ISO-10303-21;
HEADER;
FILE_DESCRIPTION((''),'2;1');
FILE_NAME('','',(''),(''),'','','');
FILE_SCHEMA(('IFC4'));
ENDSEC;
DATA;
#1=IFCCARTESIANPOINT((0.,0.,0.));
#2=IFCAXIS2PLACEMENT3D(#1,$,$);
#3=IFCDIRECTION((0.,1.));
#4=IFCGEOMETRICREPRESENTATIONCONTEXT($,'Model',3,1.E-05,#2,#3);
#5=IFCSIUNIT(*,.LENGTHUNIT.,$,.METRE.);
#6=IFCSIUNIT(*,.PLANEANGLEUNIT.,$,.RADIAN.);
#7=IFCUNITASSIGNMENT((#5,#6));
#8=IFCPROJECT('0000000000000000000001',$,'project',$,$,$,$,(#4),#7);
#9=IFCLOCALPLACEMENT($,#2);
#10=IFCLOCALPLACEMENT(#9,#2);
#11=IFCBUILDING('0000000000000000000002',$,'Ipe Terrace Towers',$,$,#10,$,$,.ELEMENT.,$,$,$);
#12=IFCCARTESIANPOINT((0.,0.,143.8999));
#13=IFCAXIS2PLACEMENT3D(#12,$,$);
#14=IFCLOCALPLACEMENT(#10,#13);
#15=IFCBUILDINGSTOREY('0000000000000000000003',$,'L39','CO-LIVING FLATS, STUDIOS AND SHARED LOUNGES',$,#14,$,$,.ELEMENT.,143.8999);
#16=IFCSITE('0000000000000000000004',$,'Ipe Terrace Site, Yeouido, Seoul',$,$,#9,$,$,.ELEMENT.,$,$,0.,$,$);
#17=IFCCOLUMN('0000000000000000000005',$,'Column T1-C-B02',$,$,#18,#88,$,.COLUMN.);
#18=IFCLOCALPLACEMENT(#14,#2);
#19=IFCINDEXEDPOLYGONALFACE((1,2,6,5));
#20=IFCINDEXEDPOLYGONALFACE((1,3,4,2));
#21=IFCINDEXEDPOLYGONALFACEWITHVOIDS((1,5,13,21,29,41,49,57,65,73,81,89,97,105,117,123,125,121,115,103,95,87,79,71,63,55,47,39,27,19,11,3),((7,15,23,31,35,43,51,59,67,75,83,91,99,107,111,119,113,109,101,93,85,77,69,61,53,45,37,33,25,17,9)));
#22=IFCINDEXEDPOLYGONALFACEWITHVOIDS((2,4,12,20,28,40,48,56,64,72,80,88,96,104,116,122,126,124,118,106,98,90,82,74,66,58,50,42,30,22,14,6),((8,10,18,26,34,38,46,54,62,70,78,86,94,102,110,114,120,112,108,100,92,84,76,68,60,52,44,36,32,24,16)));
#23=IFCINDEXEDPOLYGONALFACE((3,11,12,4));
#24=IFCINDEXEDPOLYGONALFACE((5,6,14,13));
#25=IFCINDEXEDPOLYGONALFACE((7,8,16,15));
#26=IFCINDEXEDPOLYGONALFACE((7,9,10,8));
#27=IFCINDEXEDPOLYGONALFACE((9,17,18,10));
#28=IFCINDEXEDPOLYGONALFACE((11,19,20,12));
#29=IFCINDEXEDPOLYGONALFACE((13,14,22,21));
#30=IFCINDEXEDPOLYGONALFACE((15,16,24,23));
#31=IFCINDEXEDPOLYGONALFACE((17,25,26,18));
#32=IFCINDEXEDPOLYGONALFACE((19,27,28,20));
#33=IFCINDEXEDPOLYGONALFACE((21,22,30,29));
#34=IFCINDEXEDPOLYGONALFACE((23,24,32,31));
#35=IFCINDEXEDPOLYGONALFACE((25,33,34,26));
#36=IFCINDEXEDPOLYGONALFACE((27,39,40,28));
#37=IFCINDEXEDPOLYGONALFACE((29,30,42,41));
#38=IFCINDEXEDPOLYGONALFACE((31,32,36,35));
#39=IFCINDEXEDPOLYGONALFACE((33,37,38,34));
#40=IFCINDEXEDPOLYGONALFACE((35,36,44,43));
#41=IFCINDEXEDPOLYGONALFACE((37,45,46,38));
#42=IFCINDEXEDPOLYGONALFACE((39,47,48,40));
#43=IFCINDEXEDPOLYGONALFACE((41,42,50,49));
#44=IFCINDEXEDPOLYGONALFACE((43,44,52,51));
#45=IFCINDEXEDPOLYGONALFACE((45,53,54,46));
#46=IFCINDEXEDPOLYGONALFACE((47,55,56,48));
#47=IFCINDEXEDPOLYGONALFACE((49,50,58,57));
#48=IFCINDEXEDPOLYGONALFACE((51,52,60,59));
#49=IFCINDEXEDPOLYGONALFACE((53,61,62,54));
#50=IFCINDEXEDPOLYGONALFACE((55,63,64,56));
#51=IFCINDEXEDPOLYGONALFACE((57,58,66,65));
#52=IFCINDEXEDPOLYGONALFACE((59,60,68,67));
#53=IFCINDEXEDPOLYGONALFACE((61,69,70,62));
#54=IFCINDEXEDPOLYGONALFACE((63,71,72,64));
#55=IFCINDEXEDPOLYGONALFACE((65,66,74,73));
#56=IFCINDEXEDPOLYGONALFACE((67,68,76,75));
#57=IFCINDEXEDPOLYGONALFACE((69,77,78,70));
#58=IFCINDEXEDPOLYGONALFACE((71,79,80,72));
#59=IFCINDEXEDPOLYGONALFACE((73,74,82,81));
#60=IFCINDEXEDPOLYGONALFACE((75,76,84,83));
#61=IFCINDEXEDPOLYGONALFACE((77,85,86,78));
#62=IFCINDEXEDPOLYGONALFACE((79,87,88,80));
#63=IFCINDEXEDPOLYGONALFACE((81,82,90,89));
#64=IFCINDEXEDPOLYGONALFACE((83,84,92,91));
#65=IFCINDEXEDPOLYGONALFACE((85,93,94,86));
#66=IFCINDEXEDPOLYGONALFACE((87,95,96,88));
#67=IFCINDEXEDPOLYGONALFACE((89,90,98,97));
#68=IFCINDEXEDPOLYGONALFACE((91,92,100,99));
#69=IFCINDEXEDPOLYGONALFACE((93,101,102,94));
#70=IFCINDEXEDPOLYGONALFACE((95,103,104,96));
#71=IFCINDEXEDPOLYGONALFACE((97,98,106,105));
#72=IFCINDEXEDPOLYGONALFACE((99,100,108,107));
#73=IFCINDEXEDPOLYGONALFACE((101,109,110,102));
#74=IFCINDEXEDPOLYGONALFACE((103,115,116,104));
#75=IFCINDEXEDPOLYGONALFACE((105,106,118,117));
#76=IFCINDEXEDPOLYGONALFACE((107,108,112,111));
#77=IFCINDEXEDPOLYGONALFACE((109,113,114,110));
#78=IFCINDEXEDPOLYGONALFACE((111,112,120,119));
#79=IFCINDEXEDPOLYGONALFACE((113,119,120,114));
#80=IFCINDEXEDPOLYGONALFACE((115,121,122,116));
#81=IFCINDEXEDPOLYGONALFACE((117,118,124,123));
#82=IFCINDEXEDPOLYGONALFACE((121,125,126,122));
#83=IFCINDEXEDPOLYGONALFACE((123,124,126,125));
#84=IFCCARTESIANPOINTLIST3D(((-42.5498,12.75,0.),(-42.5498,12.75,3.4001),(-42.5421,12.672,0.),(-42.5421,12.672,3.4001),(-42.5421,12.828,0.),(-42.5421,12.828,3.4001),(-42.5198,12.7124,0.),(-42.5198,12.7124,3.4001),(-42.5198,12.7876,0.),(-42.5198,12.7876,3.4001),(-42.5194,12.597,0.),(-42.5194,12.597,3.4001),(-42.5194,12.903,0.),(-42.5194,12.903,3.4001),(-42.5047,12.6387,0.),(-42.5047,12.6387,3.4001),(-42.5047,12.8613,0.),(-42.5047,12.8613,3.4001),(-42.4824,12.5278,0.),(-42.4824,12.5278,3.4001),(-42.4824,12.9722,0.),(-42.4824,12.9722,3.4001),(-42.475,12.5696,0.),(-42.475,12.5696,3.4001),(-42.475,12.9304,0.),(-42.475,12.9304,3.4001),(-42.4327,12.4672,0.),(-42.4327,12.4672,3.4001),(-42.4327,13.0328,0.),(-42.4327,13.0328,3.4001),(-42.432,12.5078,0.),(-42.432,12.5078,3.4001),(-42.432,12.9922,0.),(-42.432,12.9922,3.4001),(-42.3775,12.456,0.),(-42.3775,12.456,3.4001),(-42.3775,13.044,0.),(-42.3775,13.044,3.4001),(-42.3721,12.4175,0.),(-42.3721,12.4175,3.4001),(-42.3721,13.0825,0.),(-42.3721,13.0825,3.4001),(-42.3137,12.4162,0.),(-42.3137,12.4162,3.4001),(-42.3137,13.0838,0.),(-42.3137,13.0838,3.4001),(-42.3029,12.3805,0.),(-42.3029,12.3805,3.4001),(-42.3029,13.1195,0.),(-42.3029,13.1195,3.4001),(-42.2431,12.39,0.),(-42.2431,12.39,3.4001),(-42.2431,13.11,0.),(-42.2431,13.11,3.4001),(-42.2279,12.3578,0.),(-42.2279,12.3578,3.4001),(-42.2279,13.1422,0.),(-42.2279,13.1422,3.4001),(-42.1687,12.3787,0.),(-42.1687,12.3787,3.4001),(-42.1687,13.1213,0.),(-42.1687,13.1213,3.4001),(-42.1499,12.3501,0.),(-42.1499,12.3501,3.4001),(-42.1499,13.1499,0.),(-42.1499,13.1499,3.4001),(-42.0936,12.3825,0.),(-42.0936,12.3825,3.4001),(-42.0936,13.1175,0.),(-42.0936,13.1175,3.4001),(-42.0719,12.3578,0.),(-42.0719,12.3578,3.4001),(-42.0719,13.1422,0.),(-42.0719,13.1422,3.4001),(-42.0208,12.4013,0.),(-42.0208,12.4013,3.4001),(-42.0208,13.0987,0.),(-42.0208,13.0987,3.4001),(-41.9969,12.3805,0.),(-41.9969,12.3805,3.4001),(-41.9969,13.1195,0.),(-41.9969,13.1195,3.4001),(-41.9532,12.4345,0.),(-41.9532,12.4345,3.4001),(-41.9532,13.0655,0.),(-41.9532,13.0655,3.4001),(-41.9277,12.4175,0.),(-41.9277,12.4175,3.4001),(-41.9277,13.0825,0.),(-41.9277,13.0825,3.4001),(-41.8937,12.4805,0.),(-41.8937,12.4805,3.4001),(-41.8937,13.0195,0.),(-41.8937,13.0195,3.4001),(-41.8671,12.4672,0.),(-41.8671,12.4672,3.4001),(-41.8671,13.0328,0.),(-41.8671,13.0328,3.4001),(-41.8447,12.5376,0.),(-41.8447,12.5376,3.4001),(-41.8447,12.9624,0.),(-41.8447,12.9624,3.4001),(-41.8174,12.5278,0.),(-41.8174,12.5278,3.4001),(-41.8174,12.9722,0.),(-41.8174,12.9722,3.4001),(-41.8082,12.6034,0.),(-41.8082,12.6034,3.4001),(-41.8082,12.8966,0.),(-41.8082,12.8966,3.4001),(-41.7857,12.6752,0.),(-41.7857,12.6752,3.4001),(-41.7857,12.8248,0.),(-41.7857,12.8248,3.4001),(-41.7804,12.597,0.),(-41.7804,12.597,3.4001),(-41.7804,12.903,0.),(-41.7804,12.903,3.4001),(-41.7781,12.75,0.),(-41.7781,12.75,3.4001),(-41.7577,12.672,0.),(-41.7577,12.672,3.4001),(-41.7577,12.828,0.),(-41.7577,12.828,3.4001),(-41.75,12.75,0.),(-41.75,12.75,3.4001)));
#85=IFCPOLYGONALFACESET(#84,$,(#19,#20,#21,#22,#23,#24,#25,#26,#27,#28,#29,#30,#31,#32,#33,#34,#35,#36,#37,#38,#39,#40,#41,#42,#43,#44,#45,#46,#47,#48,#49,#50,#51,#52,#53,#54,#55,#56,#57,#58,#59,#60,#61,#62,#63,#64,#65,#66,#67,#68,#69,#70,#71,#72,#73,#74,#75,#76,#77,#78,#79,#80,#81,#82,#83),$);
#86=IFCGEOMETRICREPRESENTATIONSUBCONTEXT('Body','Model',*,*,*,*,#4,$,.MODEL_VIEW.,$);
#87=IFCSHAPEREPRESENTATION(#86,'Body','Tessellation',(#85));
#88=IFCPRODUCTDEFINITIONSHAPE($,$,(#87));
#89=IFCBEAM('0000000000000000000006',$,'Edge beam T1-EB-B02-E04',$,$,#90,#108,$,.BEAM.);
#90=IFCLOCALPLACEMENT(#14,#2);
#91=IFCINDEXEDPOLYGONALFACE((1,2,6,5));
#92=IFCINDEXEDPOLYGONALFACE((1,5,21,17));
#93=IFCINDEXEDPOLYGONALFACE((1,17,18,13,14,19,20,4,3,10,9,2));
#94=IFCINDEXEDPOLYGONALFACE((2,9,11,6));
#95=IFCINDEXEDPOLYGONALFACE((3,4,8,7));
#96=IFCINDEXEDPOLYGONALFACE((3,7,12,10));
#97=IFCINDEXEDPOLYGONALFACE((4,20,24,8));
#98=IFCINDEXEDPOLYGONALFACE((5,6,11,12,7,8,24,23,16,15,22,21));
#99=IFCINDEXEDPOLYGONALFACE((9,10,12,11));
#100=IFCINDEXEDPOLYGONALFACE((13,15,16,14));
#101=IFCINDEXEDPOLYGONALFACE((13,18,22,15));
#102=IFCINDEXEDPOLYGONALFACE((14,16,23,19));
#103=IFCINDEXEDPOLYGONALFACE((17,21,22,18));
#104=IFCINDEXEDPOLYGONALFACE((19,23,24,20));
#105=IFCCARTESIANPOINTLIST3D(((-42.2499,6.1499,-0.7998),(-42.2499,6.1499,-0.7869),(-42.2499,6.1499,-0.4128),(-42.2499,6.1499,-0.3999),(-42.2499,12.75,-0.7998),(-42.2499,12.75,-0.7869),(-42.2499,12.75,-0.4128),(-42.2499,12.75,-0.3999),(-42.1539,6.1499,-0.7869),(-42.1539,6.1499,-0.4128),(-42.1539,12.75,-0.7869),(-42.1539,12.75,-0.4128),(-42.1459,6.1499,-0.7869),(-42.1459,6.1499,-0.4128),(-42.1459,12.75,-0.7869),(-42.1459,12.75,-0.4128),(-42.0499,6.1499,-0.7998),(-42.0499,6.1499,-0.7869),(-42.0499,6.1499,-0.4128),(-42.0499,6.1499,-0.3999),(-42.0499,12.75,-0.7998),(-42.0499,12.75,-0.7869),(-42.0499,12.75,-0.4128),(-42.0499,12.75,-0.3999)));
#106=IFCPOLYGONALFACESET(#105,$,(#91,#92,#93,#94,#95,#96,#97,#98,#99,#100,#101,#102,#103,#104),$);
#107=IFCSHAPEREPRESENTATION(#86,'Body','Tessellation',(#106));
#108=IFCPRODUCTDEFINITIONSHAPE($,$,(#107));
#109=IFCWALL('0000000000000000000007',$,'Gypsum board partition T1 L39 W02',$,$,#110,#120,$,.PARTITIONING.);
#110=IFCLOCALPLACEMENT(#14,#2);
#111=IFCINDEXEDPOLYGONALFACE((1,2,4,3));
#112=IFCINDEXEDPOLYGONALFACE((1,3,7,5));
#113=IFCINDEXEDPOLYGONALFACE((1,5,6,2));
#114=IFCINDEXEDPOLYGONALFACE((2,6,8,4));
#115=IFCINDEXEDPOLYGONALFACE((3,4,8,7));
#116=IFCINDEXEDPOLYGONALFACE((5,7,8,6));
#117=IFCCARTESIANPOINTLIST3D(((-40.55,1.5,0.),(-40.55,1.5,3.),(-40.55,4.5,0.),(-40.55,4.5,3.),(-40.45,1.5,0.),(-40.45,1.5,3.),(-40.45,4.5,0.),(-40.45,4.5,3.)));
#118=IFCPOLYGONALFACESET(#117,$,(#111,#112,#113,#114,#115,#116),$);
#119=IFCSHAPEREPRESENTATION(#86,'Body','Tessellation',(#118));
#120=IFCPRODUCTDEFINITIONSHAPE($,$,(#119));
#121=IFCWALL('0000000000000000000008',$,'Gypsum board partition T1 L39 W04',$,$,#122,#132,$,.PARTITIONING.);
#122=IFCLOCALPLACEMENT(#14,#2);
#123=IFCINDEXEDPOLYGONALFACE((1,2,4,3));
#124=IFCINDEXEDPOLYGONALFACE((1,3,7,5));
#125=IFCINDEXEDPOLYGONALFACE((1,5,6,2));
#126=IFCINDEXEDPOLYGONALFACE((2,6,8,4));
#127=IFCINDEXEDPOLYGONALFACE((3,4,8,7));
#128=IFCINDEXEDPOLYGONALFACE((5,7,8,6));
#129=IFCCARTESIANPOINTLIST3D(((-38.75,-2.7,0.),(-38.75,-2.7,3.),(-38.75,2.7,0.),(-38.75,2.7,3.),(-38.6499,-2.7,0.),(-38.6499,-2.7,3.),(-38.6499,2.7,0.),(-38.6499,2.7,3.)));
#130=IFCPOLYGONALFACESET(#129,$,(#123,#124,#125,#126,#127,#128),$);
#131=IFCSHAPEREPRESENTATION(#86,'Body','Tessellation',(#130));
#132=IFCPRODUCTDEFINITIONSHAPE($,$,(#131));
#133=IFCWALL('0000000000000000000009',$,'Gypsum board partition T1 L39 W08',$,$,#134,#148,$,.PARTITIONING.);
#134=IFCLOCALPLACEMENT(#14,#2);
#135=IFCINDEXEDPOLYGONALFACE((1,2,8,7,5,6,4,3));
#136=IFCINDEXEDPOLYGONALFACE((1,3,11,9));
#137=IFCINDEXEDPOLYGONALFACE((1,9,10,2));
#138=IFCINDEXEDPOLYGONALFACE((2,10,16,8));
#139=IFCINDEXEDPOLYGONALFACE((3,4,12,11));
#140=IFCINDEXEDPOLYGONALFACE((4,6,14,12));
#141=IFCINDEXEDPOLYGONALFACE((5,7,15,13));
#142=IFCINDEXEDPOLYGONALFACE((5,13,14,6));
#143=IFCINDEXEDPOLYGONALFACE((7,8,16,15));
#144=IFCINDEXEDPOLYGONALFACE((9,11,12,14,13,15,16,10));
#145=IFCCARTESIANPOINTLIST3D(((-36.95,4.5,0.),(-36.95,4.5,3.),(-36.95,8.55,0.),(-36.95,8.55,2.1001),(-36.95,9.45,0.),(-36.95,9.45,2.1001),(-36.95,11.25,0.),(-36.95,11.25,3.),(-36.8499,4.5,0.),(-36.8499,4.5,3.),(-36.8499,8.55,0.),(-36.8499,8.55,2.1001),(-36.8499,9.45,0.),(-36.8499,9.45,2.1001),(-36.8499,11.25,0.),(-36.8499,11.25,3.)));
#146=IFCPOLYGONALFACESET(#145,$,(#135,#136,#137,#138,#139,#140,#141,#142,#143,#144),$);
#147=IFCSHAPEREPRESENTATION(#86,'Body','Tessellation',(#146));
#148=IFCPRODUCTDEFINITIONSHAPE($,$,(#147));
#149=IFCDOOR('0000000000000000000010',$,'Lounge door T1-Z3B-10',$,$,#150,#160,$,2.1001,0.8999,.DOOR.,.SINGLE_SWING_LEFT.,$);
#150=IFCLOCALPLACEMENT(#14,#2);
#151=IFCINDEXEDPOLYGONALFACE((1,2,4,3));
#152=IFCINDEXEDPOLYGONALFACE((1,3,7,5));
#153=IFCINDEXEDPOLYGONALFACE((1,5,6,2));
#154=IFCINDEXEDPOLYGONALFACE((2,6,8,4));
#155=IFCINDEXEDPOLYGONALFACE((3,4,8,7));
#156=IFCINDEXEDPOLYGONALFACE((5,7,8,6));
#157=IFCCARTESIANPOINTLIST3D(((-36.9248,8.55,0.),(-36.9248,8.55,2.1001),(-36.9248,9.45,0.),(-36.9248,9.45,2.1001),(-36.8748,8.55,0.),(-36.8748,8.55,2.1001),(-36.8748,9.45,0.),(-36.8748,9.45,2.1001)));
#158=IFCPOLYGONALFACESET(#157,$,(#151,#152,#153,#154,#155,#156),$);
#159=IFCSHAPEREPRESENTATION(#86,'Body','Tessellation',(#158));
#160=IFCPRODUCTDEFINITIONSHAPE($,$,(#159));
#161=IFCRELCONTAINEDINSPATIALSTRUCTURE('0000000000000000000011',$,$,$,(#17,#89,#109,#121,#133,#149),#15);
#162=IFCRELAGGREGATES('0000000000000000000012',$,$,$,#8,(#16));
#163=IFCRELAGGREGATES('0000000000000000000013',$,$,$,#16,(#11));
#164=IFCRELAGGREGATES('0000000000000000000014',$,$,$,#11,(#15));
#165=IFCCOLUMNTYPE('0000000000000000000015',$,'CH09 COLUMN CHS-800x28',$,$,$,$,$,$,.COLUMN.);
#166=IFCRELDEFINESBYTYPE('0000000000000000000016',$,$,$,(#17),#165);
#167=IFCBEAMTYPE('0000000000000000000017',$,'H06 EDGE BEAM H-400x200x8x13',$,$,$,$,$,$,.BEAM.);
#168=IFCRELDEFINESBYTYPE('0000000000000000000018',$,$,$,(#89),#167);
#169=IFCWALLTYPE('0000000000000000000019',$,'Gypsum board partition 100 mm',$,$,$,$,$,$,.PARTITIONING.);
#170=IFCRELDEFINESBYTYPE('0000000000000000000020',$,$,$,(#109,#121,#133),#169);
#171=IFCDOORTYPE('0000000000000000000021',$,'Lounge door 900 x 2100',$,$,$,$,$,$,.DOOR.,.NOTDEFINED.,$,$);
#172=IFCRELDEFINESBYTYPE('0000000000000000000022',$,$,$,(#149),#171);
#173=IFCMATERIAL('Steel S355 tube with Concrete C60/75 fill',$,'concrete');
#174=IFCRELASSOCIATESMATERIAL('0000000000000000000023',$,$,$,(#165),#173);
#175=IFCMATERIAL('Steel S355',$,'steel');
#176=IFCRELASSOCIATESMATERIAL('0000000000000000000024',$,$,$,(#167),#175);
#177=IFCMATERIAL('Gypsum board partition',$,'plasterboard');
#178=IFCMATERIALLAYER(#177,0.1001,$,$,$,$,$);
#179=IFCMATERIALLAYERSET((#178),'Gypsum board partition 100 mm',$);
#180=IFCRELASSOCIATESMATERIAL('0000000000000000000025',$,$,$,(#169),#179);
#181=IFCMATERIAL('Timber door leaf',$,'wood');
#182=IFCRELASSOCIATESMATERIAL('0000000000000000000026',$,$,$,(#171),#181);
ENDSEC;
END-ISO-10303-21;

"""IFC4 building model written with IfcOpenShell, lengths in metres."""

from ifc_helpers import new_model, si_unit, direction, frame, frame_2d, origin, origin_2d, place, context, subcontext, project, spatial, rectangle, hollow_circle, i_section, extrude, material, layer, layer_set, material_profile, profile_set, type_object, element, fill, save


model = new_model("IFC4")

# Units and contexts
model_context = context("Model", 3, precision=1e-05, world=origin(), true_north=direction((0.0, 1.0)))
body_context = subcontext(model_context, "Body", "Model", "MODEL_VIEW")
ifc_project = project(units=[si_unit("LENGTHUNIT", "METRE"), si_unit("PLANEANGLEUNIT", "RADIAN")], contexts=[model_context])

# Site, building, storey
site_placement = place(None, origin())
site = spatial("IfcSite", under=ifc_project, at=site_placement, Name="Ipe Terrace Site, Yeouido, Seoul", CompositionType="ELEMENT", RefElevation=0.0)
building_placement = place(site_placement, origin())
building = spatial("IfcBuilding", under=site, at=building_placement, Name="Ipe Terrace Towers", CompositionType="ELEMENT")
storey_placement = place(building_placement, frame((0.0, 0.0, 143.8999)))
storey = spatial("IfcBuildingStorey", under=building, at=storey_placement, Name="L39", Description="CO-LIVING FLATS, STUDIOS AND SHARED LOUNGES", CompositionType="ELEMENT", Elevation=143.8999)

# Column
ifc_material_1 = material(Name="Steel S355 tube with Concrete C60/75 fill", Category="concrete")
ifc_material_profile_1 = material_profile(ifc_material_1, hollow_circle(Radius=0.3999, WallThickness=0.0281, at=origin_2d()), Name="CHS-800x28")
ifc_profile_set_1 = profile_set([ifc_material_profile_1], Name="Steel S355 tube with Concrete C60/75 fill")
column_type = type_object("IfcColumnType", Name="CH09 COLUMN CHS-800x28", PredefinedType="COLUMN", material=ifc_profile_set_1)
column_placement = place(storey_placement, frame((-42.1499, 12.75, 0.0), z_axis=(0.0, 0.0, 1.0), x_axis=(1.0, 0.0, 0.0)))
element("IfcColumn", 1, at=column_placement, inside=storey, type_object=column_type, Name="Column T1-C-B02", PredefinedType="COLUMN", context=body_context, shape_type="SweptSolid", body=[
    extrude(hollow_circle(Radius=0.3999, WallThickness=0.0281, at=origin_2d()), origin(), (0.0, 0.0, 1.0), 3.4001),
])

# Beam
ifc_material_2 = material(Name="Steel S355", Category="steel")
ifc_material_profile_2 = material_profile(ifc_material_2, i_section(OverallWidth=0.2, OverallDepth=0.3999, WebThickness=0.0081, FlangeThickness=0.0129, at=origin_2d()), Name="H-400x200x8x13")
ifc_profile_set_2 = profile_set([ifc_material_profile_2], Name="Steel S355")
beam_type = type_object("IfcBeamType", Name="H06 EDGE BEAM H-400x200x8x13", PredefinedType="BEAM", material=ifc_profile_set_2)
beam_placement = place(storey_placement, frame((-42.1499, 12.75, -0.5999), z_axis=(0.0, -1.0, 0.0), x_axis=(1.0, 0.0, 0.0)))
element("IfcBeam", 2, at=beam_placement, inside=storey, type_object=beam_type, Name="Edge beam T1-EB-B02-E04", PredefinedType="BEAM", context=body_context, shape_type="SweptSolid", body=[
    extrude(i_section(OverallWidth=0.2, OverallDepth=0.3999, WebThickness=0.0081, FlangeThickness=0.0129, at=origin_2d()), origin(), (0.0, 0.0, 1.0), 6.6001),
])

# Walls
ifc_material_3 = material(Name="Gypsum board partition", Category="plasterboard")
ifc_layer = layer(ifc_material_3, 0.1001)
ifc_layer_set = layer_set([ifc_layer], Name="Gypsum board partition 100 mm")
wall_type = type_object("IfcWallType", Name="Gypsum board partition 100 mm", PredefinedType="PARTITIONING", material=ifc_layer_set)
wall_1_placement = place(storey_placement, frame((-40.5, 1.5, 0.0), z_axis=(0.0, 0.0, 1.0), x_axis=(0.0, 1.0, 0.0)))
element("IfcWall", 3, at=wall_1_placement, inside=storey, type_object=wall_type, Name="Gypsum board partition T1 L39 W02", PredefinedType="PARTITIONING", context=body_context, shape_type="SweptSolid", body=[
    extrude(rectangle(XDim=3.0, YDim=0.1001, at=frame_2d((1.5, 0.0))), origin(), (0.0, 0.0, 1.0), 3.0),
])
wall_2_placement = place(storey_placement, frame((-38.7, -2.7, 0.0), z_axis=(0.0, 0.0, 1.0), x_axis=(0.0, 1.0, 0.0)))
element("IfcWall", 4, at=wall_2_placement, inside=storey, type_object=wall_type, Name="Gypsum board partition T1 L39 W04", PredefinedType="PARTITIONING", context=body_context, shape_type="SweptSolid", body=[
    extrude(rectangle(XDim=5.3999, YDim=0.1001, at=frame_2d((2.7, 0.0))), origin(), (0.0, 0.0, 1.0), 3.0),
])

# Wall, opening, door
wall_3_placement = place(storey_placement, frame((-36.8999, 4.5, 0.0), z_axis=(0.0, 0.0, 1.0), x_axis=(0.0, 1.0, 0.0)))
wall_3 = element("IfcWall", 5, at=wall_3_placement, inside=storey, type_object=wall_type, Name="Gypsum board partition T1 L39 W08", PredefinedType="PARTITIONING", context=body_context, shape_type="SweptSolid", body=[
    extrude(rectangle(XDim=6.75, YDim=0.1001, at=frame_2d((3.375, 0.0))), origin(), (0.0, 0.0, 1.0), 3.0),
])
opening_1_placement = place(wall_3_placement, frame((4.05, 0.0, 0.0)))
opening_1 = element("IfcOpeningElement", 6, at=opening_1_placement, cuts=wall_3, PredefinedType="OPENING", context=body_context, shape_type="SweptSolid", body=[
    extrude(rectangle(XDim=0.8999, YDim=2.1001, at=frame_2d((0.45, 1.05))), frame((0.0, 0.0601, 0.0), z_axis=(0.0, -1.0, 0.0), x_axis=(1.0, 0.0, 0.0)), (0.0, 0.0, 1.0), 0.1201),
])
ifc_material_4 = material(Name="Timber door leaf", Category="wood")
door_type = type_object("IfcDoorType", Name="Lounge door 900 x 2100", OperationType="NOTDEFINED", PredefinedType="DOOR", material=ifc_material_4)
door_1_placement = place(opening_1_placement, origin())
door_1 = element("IfcDoor", 7, at=door_1_placement, inside=storey, type_object=door_type, Name="Lounge door T1-Z3B-10", OperationType="SINGLE_SWING_LEFT", OverallHeight=2.1001, OverallWidth=0.8999, PredefinedType="DOOR", context=body_context, shape_type="SweptSolid", body=[
    extrude(rectangle(XDim=0.8999, YDim=2.1001, at=frame_2d((0.45, 1.05))), frame((0.0, 0.0249, 0.0), z_axis=(0.0, -1.0, 0.0), x_axis=(1.0, 0.0, 0.0)), (0.0, 0.0, 1.0), 0.05),
])
fill(opening_1, door_1)

save(model, "model.ifc")
